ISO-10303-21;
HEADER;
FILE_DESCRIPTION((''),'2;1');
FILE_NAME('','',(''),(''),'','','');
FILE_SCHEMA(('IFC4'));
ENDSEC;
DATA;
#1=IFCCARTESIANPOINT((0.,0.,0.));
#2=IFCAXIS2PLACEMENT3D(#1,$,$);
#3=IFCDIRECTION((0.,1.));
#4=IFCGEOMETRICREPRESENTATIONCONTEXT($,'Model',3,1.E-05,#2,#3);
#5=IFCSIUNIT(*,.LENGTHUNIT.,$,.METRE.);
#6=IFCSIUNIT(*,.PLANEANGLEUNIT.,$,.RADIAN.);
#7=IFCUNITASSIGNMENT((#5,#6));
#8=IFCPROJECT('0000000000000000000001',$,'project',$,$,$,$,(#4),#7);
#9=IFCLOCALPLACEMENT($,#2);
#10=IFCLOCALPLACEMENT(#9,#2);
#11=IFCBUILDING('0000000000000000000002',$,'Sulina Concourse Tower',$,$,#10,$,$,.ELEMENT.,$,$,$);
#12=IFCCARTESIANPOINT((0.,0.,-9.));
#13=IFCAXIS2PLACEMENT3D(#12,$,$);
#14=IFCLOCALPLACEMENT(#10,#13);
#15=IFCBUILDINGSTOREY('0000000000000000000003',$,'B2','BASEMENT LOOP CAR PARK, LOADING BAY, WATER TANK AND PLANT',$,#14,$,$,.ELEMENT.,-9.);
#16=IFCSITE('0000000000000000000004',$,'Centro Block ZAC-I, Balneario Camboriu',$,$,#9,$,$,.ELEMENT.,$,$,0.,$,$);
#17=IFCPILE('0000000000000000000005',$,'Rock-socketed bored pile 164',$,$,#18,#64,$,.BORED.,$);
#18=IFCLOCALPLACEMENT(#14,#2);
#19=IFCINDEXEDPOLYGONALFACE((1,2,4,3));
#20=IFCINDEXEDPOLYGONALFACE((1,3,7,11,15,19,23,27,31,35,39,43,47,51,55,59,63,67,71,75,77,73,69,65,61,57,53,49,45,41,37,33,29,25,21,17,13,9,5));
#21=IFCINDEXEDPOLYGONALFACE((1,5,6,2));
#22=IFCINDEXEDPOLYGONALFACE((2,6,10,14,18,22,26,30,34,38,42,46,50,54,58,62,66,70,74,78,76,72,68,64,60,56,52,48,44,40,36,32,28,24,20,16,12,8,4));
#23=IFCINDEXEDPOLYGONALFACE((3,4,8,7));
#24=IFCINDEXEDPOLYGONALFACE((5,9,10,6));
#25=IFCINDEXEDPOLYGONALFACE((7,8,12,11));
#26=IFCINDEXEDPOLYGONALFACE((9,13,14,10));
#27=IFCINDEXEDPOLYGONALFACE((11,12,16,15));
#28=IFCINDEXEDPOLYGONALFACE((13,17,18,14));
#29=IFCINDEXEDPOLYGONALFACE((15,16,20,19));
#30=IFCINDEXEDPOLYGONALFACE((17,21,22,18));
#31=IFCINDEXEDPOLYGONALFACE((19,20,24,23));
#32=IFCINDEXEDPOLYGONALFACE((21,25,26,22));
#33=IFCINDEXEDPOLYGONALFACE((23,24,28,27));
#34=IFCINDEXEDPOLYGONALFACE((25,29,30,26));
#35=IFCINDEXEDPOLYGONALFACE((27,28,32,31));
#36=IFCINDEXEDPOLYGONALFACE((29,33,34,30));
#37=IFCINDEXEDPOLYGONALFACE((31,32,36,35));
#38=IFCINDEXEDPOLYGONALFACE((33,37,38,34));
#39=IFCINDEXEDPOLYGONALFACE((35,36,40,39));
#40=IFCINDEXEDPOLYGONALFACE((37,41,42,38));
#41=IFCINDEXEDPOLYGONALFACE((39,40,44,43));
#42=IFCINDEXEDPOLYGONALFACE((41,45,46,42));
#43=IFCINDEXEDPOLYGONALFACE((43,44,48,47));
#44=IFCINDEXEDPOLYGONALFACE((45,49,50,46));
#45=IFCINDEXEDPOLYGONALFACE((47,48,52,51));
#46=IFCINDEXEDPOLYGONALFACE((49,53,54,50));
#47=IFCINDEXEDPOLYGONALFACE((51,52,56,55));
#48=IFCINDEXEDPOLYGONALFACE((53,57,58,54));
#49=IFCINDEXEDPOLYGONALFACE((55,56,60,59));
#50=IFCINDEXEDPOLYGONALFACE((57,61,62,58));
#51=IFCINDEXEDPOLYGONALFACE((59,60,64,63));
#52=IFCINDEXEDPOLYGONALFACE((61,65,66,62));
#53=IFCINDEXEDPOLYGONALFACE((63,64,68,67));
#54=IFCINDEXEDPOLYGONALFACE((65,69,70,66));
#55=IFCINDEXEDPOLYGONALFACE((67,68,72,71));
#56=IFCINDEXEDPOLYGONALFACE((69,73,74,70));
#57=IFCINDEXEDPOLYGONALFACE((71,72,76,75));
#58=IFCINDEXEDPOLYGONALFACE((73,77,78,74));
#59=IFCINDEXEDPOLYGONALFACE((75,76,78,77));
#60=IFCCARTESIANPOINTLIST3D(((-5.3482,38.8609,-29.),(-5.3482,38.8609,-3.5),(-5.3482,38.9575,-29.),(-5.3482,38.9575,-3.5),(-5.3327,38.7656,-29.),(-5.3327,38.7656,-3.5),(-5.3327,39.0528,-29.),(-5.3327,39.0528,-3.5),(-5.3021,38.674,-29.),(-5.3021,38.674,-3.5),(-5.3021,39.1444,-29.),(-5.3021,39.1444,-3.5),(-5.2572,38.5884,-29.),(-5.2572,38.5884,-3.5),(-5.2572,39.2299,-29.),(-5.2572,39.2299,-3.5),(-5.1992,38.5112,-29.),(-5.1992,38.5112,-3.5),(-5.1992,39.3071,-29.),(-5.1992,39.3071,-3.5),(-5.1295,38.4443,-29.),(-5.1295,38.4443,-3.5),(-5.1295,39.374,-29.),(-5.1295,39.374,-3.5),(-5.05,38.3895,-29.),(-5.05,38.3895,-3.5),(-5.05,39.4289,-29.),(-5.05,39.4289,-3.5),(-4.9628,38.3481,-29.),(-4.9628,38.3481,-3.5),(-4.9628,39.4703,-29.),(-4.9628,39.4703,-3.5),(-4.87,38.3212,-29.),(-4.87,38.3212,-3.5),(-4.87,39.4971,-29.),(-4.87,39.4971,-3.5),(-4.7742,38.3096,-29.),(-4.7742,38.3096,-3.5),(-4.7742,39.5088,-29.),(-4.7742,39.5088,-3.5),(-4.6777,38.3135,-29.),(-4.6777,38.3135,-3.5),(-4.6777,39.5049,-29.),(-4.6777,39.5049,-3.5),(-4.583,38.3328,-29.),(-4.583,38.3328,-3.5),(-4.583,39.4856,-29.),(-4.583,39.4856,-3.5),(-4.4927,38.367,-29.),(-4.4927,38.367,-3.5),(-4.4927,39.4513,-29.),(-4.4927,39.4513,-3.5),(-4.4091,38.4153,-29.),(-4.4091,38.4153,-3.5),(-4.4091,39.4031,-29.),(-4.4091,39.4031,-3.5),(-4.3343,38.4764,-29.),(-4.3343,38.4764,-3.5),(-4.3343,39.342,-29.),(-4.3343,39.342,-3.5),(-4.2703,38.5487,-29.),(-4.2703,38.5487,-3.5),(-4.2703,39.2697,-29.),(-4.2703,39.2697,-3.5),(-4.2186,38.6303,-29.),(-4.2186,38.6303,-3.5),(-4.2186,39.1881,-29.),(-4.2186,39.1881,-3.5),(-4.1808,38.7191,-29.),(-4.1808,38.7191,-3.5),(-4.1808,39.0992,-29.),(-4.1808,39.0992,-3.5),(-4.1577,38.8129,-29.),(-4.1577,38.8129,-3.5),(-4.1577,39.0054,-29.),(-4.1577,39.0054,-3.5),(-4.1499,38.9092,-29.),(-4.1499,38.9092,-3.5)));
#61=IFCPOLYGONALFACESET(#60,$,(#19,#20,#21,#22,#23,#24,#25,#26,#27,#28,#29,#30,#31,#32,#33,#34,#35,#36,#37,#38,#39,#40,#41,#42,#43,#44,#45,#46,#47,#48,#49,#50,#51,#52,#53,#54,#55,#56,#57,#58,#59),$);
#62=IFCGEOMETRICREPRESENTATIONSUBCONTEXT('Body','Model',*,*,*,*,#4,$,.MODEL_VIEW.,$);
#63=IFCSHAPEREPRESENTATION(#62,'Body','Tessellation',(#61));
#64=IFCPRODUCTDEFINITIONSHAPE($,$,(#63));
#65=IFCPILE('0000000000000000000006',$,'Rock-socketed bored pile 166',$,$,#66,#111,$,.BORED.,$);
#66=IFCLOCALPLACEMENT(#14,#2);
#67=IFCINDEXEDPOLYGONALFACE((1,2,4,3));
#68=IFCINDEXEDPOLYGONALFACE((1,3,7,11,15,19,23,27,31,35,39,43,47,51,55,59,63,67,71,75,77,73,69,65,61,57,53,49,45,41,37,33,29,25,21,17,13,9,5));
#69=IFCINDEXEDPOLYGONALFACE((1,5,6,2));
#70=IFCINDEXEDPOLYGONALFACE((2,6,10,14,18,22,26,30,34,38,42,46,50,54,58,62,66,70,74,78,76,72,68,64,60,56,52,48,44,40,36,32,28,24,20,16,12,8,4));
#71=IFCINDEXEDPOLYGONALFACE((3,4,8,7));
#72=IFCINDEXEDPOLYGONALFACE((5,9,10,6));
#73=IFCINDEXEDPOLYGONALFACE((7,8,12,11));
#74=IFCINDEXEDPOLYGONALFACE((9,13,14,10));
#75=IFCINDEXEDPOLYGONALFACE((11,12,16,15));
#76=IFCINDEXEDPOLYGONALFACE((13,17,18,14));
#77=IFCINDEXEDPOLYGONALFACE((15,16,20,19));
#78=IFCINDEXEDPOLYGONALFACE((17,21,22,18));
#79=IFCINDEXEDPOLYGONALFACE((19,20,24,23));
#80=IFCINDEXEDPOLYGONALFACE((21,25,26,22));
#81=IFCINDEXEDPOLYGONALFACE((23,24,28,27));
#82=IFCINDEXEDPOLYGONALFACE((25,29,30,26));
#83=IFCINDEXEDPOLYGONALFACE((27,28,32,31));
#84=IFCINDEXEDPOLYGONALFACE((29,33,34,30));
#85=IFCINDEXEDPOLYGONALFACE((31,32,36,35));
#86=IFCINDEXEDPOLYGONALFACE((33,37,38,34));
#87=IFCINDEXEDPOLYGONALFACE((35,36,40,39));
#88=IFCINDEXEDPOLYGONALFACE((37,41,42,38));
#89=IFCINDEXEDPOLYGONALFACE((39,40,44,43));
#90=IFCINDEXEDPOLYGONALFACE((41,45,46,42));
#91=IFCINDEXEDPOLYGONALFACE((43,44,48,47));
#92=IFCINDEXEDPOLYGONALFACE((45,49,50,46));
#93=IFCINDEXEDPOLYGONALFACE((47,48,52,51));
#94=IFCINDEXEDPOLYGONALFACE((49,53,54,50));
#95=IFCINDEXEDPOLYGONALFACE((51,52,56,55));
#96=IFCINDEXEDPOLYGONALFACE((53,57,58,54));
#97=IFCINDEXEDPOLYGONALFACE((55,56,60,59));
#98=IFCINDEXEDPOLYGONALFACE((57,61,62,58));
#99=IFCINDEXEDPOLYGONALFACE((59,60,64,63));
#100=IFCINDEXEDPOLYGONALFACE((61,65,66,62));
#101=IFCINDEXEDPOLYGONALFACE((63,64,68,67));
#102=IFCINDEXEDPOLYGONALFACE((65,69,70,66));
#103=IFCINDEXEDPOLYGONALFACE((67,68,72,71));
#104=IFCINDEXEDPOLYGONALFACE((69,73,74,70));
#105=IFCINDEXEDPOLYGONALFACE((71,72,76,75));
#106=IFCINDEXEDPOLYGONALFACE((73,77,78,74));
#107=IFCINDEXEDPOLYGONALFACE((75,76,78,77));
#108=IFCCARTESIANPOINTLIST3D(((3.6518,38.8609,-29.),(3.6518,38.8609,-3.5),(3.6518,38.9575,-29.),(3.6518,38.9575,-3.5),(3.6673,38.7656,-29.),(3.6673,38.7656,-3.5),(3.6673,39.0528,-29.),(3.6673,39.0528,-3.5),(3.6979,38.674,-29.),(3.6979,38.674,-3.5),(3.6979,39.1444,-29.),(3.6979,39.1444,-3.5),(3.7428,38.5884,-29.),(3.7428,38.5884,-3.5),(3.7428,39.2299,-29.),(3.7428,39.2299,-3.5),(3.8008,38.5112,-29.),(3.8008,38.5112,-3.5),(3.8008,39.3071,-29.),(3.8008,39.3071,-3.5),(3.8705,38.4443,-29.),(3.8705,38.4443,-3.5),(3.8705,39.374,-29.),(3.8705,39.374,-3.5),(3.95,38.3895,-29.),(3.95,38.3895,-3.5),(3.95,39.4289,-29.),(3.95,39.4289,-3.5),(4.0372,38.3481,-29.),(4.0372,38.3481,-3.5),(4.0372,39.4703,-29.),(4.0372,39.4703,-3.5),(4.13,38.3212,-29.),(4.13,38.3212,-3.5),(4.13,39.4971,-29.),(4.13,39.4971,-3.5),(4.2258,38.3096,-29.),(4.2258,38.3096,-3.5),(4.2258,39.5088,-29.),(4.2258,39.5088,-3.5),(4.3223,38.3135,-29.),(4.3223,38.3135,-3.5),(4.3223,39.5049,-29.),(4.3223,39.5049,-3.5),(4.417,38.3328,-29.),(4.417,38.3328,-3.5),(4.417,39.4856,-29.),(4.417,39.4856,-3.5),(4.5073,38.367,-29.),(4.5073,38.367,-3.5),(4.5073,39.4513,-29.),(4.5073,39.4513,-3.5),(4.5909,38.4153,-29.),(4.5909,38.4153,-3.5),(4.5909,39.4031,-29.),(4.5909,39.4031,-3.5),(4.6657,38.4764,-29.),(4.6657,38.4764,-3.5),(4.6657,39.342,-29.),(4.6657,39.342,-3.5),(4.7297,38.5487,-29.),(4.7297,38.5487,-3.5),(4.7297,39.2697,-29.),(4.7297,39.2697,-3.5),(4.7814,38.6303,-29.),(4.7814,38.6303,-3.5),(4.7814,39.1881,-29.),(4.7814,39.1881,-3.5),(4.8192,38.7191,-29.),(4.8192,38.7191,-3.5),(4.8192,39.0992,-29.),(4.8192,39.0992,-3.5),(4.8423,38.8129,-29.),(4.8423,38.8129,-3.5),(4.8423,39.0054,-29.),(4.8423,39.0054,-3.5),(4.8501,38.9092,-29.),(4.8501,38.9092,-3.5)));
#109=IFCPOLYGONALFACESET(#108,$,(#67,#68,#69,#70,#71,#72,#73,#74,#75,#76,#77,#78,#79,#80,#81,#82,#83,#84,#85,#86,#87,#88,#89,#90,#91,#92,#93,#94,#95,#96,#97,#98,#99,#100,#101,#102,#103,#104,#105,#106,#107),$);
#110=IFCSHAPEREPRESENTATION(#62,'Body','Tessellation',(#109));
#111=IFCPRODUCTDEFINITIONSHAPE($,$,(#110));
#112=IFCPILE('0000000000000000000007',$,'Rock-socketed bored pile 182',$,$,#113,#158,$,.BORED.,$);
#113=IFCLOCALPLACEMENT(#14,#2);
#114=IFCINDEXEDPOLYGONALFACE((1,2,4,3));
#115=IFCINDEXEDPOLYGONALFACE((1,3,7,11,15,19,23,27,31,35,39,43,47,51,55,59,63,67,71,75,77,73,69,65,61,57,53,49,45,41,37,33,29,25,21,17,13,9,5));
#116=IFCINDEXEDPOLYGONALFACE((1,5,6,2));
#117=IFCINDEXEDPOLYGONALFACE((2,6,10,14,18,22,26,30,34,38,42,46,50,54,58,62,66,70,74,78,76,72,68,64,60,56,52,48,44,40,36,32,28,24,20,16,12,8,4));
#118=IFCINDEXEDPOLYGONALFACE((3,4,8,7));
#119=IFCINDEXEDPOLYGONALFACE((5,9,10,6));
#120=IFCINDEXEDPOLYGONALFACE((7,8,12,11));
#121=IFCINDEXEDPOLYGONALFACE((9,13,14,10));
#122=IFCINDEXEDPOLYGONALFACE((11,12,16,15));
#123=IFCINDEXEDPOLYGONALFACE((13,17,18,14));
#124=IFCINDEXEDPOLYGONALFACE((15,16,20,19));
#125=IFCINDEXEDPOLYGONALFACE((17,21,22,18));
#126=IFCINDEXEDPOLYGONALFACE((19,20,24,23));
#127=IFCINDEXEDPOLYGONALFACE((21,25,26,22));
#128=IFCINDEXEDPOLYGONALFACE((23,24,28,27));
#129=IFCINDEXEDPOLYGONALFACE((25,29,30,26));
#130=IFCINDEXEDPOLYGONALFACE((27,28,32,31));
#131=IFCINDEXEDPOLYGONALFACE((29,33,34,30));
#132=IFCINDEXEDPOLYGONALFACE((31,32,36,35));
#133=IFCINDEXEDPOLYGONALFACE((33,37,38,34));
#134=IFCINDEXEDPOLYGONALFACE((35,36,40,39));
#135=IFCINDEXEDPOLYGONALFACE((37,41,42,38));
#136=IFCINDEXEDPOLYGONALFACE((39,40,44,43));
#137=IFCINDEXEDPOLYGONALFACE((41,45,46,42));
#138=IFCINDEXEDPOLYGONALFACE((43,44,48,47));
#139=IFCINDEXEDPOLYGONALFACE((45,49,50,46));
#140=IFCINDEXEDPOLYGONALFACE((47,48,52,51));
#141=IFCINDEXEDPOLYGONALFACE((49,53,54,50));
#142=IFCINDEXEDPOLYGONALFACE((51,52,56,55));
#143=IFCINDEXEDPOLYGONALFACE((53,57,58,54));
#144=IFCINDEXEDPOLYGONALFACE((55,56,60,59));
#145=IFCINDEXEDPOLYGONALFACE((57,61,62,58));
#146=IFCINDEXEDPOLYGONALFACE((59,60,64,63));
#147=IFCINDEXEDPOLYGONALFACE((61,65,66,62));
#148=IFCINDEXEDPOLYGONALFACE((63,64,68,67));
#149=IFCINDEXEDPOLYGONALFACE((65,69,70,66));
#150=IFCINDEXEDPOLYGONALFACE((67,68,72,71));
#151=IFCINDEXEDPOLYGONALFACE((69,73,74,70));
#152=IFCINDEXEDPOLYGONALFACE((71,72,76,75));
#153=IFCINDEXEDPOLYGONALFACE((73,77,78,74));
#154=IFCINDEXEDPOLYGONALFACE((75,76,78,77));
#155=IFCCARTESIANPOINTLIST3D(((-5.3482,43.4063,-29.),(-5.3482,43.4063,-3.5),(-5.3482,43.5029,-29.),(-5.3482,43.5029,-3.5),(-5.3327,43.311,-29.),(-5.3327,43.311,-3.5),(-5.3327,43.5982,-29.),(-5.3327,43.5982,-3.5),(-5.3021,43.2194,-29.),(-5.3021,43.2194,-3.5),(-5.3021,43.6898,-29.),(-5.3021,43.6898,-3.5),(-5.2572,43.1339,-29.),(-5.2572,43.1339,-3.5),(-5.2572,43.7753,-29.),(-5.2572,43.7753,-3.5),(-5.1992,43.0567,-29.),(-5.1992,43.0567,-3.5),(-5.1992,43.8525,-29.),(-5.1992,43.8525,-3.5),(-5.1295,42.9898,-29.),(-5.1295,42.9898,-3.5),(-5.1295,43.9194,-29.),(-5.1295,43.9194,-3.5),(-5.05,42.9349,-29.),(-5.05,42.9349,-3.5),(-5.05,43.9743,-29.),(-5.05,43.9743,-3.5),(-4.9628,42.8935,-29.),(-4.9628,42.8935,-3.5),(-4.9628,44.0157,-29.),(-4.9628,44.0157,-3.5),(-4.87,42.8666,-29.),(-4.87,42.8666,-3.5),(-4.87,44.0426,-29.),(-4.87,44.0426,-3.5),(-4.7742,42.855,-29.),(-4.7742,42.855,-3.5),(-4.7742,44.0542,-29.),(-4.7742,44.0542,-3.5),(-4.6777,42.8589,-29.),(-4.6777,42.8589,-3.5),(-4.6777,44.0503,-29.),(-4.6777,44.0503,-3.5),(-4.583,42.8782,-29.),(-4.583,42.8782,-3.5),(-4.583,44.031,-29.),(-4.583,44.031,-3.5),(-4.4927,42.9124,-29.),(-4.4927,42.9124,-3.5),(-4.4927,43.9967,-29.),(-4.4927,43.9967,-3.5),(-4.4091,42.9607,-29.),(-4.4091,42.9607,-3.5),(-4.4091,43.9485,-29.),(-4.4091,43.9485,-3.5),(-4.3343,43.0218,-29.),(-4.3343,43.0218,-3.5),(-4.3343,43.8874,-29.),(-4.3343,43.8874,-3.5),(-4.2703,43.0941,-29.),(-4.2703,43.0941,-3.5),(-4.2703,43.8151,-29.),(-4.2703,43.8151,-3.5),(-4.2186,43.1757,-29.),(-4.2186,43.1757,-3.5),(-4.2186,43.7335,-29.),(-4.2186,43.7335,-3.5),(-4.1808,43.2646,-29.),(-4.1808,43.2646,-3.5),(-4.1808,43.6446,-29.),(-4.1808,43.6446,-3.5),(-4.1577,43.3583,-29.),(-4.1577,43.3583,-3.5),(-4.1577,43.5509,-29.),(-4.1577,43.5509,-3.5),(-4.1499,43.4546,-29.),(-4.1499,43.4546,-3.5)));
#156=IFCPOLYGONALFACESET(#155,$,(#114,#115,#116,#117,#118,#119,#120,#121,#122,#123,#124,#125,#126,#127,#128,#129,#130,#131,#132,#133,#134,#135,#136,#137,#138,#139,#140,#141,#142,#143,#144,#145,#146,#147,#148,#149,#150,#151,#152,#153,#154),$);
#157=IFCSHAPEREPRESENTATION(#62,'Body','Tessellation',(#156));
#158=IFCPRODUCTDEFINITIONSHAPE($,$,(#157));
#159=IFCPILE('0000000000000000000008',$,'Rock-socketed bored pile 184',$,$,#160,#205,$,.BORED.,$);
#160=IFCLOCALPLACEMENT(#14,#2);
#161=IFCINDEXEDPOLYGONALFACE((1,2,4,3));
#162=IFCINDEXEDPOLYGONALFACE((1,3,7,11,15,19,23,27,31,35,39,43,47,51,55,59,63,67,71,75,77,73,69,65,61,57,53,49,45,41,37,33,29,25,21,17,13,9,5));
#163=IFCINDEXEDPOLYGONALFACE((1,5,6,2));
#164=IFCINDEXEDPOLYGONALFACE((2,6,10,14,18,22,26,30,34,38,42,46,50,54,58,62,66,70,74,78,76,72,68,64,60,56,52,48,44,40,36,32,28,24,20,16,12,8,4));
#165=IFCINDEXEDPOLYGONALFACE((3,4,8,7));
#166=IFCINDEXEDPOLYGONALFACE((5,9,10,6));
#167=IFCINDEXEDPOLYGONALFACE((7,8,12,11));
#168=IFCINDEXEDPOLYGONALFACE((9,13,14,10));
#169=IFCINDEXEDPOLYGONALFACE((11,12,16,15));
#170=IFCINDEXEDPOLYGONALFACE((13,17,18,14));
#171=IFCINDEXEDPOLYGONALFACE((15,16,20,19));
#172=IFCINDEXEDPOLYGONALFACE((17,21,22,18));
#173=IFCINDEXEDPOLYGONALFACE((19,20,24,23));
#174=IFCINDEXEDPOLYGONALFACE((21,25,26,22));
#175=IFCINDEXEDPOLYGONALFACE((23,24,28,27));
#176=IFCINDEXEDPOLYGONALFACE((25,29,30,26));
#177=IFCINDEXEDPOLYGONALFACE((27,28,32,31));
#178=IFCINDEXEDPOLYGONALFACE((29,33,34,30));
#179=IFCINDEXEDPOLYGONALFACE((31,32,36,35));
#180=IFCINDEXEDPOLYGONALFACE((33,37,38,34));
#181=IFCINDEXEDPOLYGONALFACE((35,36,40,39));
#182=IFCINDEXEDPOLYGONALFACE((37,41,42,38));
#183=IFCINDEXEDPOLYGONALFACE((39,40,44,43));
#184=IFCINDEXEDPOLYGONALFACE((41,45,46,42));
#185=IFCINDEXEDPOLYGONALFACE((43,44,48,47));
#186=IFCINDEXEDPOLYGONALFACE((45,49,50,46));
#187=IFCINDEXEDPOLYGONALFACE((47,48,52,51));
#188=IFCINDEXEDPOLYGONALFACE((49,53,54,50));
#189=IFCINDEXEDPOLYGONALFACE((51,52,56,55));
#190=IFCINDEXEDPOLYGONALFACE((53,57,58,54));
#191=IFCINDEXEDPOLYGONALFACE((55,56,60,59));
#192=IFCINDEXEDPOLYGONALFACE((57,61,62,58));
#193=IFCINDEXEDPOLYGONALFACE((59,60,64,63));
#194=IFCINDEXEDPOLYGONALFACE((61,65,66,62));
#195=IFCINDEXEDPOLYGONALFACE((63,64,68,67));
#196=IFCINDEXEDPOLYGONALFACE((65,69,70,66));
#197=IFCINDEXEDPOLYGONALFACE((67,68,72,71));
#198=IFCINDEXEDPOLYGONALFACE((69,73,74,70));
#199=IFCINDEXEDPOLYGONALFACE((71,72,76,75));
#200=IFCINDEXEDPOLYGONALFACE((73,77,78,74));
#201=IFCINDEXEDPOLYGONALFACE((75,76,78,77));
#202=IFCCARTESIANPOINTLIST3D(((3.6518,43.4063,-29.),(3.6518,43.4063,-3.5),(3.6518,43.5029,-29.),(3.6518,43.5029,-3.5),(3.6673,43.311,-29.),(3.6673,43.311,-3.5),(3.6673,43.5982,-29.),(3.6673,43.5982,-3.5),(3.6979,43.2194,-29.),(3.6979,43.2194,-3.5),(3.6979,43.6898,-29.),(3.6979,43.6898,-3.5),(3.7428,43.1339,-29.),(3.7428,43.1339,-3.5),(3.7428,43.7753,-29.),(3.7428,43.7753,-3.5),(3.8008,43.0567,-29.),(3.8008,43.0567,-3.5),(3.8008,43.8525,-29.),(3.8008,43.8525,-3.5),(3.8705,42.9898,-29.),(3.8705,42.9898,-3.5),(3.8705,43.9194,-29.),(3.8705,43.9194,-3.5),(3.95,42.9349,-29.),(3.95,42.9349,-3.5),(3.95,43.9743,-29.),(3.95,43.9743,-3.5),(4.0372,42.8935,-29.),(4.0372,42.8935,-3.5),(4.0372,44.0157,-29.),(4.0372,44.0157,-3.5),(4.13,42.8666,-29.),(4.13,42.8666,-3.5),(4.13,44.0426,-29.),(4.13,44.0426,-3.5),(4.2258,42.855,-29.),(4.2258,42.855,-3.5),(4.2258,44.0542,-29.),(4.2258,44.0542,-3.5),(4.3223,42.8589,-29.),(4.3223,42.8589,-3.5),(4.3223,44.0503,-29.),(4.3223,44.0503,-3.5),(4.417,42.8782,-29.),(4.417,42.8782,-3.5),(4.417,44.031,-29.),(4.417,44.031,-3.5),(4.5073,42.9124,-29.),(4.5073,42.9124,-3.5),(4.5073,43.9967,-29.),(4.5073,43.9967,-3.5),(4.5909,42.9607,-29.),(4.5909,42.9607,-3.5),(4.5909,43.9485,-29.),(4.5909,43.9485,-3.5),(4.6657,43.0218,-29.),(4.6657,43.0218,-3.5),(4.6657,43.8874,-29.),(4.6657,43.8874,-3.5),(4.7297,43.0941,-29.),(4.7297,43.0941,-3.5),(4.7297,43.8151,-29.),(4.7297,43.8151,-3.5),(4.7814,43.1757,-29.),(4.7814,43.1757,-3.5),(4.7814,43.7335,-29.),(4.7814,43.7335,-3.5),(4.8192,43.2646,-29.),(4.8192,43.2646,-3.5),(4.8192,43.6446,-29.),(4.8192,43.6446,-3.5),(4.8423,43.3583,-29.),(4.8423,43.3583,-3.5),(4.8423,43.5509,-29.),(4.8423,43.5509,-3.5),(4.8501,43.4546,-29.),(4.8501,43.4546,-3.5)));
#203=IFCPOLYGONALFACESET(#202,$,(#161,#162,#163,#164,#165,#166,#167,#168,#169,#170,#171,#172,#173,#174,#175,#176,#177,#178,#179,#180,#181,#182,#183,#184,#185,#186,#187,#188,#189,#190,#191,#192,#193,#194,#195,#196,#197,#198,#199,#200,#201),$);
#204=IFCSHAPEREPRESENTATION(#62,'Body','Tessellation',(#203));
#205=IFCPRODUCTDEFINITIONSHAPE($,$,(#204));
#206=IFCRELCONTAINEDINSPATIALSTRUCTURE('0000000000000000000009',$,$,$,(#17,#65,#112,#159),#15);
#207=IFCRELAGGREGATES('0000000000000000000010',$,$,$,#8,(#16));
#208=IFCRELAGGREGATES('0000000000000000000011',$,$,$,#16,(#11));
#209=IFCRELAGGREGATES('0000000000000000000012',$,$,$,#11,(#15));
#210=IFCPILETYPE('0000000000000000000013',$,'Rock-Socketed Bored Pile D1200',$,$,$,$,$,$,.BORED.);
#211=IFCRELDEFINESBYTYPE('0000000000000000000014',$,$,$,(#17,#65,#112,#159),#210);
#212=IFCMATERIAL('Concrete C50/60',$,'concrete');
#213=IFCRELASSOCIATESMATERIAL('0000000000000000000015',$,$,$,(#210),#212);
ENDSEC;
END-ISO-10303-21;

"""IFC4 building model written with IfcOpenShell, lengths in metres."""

from ifc_helpers import new_model, si_unit, direction, frame, origin, origin_2d, place, context, subcontext, project, spatial, circle, extrude, material, material_profile, profile_set, type_object, element, save


model = new_model("IFC4")

# Units and contexts
model_context = context("Model", 3, precision=1e-05, world=origin(), true_north=direction((0.0, 1.0)))
body_context = subcontext(model_context, "Body", "Model", "MODEL_VIEW")
ifc_project = project(units=[si_unit("LENGTHUNIT", "METRE"), si_unit("PLANEANGLEUNIT", "RADIAN")], contexts=[model_context])

# Site, building, storey
site_placement = place(None, origin())
site = spatial("IfcSite", under=ifc_project, at=site_placement, Name="Centro Block ZAC-I, Balneario Camboriu", CompositionType="ELEMENT", RefElevation=0.0)
building_placement = place(site_placement, origin())
building = spatial("IfcBuilding", under=site, at=building_placement, Name="Sulina Concourse Tower", CompositionType="ELEMENT")
storey_placement = place(building_placement, frame((0.0, 0.0, -9.0)))
storey = spatial("IfcBuildingStorey", under=building, at=storey_placement, Name="B2", Description="BASEMENT LOOP CAR PARK, LOADING BAY, WATER TANK AND PLANT", CompositionType="ELEMENT", Elevation=-9.0)

# Piles
ifc_material_1 = material(Name="Concrete C50/60", Category="concrete")
ifc_material_profile_1 = material_profile(ifc_material_1, circle(Radius=0.6001, at=origin_2d()), Name="PILE D1200")
ifc_profile_set_1 = profile_set([ifc_material_profile_1], Name="Concrete C50/60")
pile_type_1 = type_object("IfcPileType", Name="Rock-Socketed Bored Pile D1200", PredefinedType="BORED", material=ifc_profile_set_1)
for number, where, z_axis, x_axis, name in (
    (1, (-4.75, 38.9092, -3.5), (0.0, 0.0, -1.0), (1.0, 0.0, 0.0), "Rock-socketed bored pile 164"),
    (2, (4.25, 38.9092, -3.5), (0.0, 0.0, -1.0), (1.0, 0.0, 0.0), "Rock-socketed bored pile 166"),
    (3, (-4.75, 43.4546, -3.5), (0.0, 0.0, -1.0), (1.0, 0.0, 0.0), "Rock-socketed bored pile 182"),
    (4, (4.25, 43.4546, -3.5), (0.0, 0.0, -1.0), (1.0, 0.0, 0.0), "Rock-socketed bored pile 184"),
):
    element("IfcPile", number, at=place(storey_placement, frame(where, z_axis=z_axis, x_axis=x_axis)), inside=storey, type_object=pile_type_1, Name=name, PredefinedType="BORED", context=body_context, shape_type="SweptSolid", body=[
        extrude(circle(Radius=0.6001, at=origin_2d()), origin(), (0.0, 0.0, 1.0), 25.5),
    ])

save(model, "model.ifc")
